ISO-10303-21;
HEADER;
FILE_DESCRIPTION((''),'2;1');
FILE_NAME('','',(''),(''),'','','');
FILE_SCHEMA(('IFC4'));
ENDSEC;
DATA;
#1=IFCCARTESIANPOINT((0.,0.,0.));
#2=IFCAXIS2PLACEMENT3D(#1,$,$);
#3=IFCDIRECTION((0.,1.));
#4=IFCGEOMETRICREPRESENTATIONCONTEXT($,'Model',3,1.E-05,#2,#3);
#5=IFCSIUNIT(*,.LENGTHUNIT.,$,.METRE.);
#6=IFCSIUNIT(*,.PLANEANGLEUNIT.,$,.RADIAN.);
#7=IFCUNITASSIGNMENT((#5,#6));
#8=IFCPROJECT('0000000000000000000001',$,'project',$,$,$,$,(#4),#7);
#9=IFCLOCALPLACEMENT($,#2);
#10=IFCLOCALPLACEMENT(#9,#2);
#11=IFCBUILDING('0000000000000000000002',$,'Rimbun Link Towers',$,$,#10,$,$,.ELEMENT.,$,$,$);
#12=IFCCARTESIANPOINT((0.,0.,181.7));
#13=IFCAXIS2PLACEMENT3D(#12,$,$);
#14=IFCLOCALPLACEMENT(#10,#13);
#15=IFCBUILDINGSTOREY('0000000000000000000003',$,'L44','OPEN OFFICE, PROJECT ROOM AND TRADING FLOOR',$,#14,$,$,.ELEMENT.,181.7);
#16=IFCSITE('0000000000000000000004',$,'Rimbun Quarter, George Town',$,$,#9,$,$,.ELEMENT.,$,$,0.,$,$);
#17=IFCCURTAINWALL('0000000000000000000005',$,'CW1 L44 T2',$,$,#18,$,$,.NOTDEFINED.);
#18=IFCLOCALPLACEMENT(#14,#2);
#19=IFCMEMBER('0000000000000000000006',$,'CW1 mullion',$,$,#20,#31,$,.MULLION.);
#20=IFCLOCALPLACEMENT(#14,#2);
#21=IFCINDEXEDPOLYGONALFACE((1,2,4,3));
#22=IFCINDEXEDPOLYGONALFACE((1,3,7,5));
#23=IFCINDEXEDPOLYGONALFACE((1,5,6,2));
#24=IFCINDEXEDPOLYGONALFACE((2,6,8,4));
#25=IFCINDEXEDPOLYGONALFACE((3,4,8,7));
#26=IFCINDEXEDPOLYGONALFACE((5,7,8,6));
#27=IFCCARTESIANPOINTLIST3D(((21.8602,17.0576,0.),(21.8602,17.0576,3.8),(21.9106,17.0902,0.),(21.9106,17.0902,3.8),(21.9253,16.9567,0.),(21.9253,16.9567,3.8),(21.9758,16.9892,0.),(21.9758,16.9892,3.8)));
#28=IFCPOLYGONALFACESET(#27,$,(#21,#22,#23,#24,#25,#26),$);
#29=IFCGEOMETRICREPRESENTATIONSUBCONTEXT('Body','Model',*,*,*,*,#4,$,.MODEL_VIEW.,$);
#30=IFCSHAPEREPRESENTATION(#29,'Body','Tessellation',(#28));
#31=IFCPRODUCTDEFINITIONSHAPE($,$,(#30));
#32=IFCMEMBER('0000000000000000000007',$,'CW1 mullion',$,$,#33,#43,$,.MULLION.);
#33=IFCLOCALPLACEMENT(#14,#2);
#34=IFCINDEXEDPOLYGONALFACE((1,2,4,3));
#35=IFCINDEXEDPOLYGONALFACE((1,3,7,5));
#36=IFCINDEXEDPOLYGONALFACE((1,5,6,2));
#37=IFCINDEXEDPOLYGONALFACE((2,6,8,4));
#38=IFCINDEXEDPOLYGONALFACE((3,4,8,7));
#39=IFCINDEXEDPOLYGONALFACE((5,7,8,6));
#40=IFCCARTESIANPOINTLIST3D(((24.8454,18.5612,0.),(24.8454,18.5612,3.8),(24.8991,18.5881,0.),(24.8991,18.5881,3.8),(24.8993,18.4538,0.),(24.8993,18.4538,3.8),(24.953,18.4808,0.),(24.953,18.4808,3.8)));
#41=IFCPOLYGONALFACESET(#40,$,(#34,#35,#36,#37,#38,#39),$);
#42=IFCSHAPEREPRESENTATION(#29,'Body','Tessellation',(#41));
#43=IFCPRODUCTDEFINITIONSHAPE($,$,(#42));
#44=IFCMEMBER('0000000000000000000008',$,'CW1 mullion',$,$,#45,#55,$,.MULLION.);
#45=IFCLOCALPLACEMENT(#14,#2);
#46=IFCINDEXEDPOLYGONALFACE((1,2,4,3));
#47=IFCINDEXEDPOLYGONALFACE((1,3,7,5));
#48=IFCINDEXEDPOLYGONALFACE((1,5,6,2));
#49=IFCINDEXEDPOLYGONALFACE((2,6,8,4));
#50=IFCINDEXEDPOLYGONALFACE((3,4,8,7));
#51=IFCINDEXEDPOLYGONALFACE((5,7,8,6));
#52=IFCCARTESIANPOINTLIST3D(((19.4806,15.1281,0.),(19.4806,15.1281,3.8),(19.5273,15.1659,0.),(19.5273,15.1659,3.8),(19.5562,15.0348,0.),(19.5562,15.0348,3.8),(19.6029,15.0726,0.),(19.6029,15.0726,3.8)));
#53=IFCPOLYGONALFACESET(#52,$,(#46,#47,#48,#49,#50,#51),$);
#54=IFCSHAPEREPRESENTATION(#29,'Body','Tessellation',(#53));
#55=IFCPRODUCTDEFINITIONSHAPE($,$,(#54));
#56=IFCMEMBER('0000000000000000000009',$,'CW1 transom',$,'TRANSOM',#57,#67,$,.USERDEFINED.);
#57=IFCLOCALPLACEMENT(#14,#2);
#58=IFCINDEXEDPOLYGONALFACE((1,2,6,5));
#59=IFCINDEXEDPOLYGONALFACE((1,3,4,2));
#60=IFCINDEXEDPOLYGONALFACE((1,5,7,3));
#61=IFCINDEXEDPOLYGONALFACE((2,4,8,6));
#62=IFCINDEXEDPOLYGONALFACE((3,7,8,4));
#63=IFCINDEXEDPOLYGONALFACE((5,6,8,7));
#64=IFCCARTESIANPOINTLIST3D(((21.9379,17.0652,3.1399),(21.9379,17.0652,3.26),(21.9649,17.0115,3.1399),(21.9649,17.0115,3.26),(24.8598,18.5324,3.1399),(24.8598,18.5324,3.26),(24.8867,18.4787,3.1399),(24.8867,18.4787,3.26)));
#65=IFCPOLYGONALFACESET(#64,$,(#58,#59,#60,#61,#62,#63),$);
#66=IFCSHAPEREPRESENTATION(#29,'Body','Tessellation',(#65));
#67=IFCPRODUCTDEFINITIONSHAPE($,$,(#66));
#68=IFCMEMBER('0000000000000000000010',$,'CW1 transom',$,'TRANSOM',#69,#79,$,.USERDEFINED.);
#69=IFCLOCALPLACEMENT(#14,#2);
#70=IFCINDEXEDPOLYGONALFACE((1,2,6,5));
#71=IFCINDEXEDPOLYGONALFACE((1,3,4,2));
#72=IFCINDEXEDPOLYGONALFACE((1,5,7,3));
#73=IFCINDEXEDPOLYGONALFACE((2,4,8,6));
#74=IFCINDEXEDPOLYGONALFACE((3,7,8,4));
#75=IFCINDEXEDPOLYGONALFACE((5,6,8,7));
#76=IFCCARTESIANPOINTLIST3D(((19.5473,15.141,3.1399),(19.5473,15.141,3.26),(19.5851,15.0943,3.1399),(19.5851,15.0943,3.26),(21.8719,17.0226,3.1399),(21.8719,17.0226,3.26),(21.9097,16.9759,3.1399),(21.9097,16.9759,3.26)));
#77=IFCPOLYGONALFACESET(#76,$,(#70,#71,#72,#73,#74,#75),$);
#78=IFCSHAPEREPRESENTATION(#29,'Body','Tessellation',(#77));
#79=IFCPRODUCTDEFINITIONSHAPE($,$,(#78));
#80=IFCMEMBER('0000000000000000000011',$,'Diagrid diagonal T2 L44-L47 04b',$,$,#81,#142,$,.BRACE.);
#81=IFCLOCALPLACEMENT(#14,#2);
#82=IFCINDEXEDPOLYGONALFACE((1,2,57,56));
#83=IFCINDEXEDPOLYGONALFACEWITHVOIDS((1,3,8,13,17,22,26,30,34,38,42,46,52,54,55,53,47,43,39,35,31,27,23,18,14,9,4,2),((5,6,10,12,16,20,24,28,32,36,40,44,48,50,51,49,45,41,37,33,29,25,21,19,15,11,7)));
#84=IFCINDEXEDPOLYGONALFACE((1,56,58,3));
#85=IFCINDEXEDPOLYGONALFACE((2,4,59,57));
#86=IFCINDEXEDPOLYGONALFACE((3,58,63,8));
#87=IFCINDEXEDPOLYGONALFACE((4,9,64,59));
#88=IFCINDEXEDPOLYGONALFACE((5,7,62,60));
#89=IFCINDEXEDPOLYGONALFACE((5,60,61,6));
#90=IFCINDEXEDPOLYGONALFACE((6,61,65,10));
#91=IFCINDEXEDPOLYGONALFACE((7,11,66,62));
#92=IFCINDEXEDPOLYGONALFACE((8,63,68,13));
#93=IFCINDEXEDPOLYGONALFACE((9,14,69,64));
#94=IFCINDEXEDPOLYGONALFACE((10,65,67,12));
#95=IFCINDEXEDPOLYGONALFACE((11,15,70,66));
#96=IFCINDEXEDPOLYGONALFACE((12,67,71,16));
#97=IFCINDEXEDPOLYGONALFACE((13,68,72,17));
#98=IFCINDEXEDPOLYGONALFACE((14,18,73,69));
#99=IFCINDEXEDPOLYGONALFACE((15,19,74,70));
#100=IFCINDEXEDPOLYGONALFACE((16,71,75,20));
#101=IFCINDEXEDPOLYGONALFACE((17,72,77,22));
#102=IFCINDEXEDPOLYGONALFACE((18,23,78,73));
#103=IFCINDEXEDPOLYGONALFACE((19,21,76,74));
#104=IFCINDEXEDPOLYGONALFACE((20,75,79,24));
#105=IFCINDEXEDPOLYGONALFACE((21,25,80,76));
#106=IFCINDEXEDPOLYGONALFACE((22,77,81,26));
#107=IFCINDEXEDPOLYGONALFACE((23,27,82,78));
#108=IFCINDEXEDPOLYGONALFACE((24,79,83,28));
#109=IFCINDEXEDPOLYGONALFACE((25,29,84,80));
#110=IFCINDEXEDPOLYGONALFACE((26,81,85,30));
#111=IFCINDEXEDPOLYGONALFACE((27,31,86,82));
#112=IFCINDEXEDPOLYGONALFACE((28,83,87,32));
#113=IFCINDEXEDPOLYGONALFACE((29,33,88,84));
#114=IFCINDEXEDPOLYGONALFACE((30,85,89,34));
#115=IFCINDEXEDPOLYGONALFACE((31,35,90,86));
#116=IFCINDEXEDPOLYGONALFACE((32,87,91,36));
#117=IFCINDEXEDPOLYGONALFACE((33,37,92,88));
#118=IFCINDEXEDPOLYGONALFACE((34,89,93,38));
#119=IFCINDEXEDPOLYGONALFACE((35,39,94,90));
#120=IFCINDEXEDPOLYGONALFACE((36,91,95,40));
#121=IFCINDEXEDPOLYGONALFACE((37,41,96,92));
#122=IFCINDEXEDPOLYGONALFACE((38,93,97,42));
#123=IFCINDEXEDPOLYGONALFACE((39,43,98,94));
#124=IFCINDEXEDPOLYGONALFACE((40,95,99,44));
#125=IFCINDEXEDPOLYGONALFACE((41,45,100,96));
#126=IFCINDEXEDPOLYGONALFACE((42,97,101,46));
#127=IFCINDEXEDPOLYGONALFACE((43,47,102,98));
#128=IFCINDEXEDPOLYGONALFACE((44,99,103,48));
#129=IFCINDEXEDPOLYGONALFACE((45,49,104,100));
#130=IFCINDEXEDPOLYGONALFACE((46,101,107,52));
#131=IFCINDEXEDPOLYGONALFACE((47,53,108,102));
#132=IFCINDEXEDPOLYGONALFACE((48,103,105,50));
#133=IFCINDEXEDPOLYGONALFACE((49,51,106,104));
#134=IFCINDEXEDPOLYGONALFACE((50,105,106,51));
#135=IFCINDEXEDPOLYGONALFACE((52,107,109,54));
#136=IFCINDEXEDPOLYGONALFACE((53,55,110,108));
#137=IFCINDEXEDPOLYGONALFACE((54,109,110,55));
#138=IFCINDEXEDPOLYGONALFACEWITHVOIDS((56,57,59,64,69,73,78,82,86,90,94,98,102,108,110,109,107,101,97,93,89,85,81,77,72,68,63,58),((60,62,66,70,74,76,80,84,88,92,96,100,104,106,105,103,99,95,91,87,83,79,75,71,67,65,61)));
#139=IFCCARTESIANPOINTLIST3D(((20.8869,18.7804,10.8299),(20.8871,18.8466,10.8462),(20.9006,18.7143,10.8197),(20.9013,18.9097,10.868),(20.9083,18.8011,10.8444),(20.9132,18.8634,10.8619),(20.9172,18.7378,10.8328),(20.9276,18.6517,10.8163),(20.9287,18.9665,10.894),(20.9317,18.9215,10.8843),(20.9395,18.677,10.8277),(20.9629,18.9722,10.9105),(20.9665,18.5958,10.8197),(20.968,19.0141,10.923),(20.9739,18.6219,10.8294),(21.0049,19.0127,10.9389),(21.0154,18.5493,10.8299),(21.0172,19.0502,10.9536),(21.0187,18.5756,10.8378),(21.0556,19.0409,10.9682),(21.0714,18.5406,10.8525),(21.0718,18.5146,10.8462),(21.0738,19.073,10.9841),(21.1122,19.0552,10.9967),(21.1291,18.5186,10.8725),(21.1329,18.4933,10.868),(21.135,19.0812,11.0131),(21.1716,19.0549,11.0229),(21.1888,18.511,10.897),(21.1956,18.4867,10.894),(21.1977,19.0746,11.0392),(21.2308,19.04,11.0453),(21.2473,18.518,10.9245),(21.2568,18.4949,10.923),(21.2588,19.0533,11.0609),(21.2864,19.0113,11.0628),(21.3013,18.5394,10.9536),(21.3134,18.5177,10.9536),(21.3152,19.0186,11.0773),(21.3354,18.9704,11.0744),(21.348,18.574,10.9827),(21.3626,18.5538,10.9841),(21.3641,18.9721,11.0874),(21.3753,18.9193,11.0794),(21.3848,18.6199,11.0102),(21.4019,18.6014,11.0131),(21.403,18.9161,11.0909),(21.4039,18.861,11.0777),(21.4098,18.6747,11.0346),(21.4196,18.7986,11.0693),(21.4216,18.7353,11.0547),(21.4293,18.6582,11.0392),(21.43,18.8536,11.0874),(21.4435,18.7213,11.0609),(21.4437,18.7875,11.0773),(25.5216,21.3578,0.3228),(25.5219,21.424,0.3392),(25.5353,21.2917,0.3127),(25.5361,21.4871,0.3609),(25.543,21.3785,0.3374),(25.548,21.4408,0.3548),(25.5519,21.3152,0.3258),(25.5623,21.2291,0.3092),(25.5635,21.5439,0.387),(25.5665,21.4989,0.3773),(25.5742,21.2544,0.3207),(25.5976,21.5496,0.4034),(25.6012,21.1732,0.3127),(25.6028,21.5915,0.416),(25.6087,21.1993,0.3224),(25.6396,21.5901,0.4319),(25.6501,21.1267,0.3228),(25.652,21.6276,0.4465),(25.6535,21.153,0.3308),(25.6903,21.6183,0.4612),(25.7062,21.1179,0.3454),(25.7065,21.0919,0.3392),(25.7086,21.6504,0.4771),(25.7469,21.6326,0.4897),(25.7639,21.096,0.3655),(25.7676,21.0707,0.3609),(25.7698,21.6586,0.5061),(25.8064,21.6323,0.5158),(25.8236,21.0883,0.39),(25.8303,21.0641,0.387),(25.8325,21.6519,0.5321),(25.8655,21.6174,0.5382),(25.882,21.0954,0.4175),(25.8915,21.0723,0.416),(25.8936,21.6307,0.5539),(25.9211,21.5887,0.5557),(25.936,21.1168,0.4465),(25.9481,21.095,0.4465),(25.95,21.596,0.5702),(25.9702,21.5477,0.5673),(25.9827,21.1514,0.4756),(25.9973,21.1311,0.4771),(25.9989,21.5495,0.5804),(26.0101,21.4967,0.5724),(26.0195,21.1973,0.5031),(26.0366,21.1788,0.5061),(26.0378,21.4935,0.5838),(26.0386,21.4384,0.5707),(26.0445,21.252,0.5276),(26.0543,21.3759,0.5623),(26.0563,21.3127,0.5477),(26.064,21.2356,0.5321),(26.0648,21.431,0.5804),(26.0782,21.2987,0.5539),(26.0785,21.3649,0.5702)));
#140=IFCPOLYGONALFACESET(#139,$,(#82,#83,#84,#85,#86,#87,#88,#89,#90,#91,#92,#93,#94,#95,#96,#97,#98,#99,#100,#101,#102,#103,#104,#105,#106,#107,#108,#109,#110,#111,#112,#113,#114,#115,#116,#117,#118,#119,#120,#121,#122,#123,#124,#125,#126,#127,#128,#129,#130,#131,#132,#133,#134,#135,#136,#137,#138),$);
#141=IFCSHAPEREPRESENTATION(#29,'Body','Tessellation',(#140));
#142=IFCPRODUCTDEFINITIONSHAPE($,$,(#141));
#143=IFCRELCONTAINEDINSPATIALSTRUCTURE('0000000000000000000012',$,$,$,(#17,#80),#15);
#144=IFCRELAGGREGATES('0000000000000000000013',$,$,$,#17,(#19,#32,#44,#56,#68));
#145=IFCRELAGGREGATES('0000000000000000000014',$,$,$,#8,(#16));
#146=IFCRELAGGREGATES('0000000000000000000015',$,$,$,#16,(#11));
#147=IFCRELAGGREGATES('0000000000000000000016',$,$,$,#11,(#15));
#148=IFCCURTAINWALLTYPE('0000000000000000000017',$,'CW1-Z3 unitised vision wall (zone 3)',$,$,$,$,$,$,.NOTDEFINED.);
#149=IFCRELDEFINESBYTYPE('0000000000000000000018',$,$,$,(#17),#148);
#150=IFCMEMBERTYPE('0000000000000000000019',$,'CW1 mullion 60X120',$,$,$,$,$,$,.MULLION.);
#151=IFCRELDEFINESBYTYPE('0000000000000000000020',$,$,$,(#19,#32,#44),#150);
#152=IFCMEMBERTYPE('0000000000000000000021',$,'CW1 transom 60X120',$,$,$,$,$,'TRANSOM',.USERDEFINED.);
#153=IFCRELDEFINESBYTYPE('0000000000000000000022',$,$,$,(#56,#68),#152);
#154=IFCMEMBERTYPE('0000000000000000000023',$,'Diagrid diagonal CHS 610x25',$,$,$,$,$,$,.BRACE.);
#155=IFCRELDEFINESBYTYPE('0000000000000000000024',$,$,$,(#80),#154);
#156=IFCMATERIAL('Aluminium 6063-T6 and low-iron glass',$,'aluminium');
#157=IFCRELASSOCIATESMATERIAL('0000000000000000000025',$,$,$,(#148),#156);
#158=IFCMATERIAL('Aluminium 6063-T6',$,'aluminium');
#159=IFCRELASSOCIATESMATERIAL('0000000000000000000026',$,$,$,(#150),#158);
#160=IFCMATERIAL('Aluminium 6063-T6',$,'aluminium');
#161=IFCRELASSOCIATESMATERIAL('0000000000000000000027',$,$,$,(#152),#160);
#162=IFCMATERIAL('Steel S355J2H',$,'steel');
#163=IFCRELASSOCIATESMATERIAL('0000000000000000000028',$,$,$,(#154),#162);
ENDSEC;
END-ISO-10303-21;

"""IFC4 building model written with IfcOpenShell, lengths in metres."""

from ifc_helpers import new_model, si_unit, direction, frame, origin, origin_2d, place, context, subcontext, project, spatial, rectangle, hollow_circle, extrude, material, material_profile, profile_set, type_object, element, aggregate, save


model = new_model("IFC4")

# Units and contexts
model_context = context("Model", 3, precision=1e-05, world=origin(), true_north=direction((0.0, 1.0)))
body_context = subcontext(model_context, "Body", "Model", "MODEL_VIEW")
ifc_project = project(units=[si_unit("LENGTHUNIT", "METRE"), si_unit("PLANEANGLEUNIT", "RADIAN")], contexts=[model_context])

# Site, building, storey
site_placement = place(None, origin())
site = spatial("IfcSite", under=ifc_project, at=site_placement, Name="Rimbun Quarter, George Town", CompositionType="ELEMENT", RefElevation=0.0)
building_placement = place(site_placement, origin())
building = spatial("IfcBuilding", under=site, at=building_placement, Name="Rimbun Link Towers", CompositionType="ELEMENT")
storey_placement = place(building_placement, frame((0.0, 0.0, 181.7)))
storey = spatial("IfcBuildingStorey", under=building, at=storey_placement, Name="L44", Description="OPEN OFFICE, PROJECT ROOM AND TRADING FLOOR", CompositionType="ELEMENT", Elevation=181.7)

# Curtain wall, members
ifc_material_1 = material(Name="Aluminium 6063-T6 and low-iron glass", Category="aluminium")
curtain_wall_type = type_object("IfcCurtainWallType", Name="CW1-Z3 unitised vision wall (zone 3)", PredefinedType="NOTDEFINED", material=ifc_material_1)
curtain_wall_placement = place(storey_placement, origin())
curtain_wall = element("IfcCurtainWall", 1, at=curtain_wall_placement, inside=storey, type_object=curtain_wall_type, Name="CW1 L44 T2", PredefinedType="NOTDEFINED")
ifc_material_2 = material(Name="Aluminium 6063-T6", Category="aluminium")
ifc_material_profile_1 = material_profile(ifc_material_2, rectangle(XDim=0.1201, YDim=0.0601, at=origin_2d()), Name="MULLION 60X120")
ifc_profile_set_1 = profile_set([ifc_material_profile_1], Name="Aluminium 6063-T6")
member_type_1 = type_object("IfcMemberType", Name="CW1 mullion 60X120", PredefinedType="MULLION", material=ifc_profile_set_1)
member_1_placement = place(storey_placement, frame((21.918, 17.0234, 0.0), z_axis=(0.0, 0.0, 1.0), x_axis=(-0.542094, 0.840318, 0.0)))
member_1 = element("IfcMember", 2, at=member_1_placement, type_object=member_type_1, Name="CW1 mullion", PredefinedType="MULLION", context=body_context, shape_type="SweptSolid", body=[
    extrude(rectangle(XDim=0.1201, YDim=0.0601, at=origin_2d()), origin(), (0.0, 0.0, 1.0), 3.8),
])
member_2_placement = place(storey_placement, frame((24.8992, 18.521, 0.0), z_axis=(0.0, 0.0, 1.0), x_axis=(-0.448781, 0.893642, 0.0)))
member_2 = element("IfcMember", 3, at=member_2_placement, type_object=member_type_1, Name="CW1 mullion", PredefinedType="MULLION", context=body_context, shape_type="SweptSolid", body=[
    extrude(rectangle(XDim=0.1201, YDim=0.0601, at=origin_2d()), origin(), (0.0, 0.0, 1.0), 3.8),
])
member_3_placement = place(storey_placement, frame((19.5417, 15.1003, 0.0), z_axis=(0.0, 0.0, 1.0), x_axis=(-0.629146, 0.777287, 0.0)))
member_3 = element("IfcMember", 4, at=member_3_placement, type_object=member_type_1, Name="CW1 mullion", PredefinedType="MULLION", context=body_context, shape_type="SweptSolid", body=[
    extrude(rectangle(XDim=0.1201, YDim=0.0601, at=origin_2d()), origin(), (0.0, 0.0, 1.0), 3.8),
])
ifc_material_3 = material(Name="Aluminium 6063-T6", Category="aluminium")
ifc_material_profile_2 = material_profile(ifc_material_3, rectangle(XDim=0.0601, YDim=0.1201, at=origin_2d()), Name="TRANSOM 60X120")
ifc_profile_set_2 = profile_set([ifc_material_profile_2], Name="Aluminium 6063-T6")
member_type_2 = type_object("IfcMemberType", Name="CW1 transom 60X120", ElementType="TRANSOM", PredefinedType="USERDEFINED", material=ifc_profile_set_2)
member_4_placement = place(storey_placement, frame((21.9514, 17.0383, 3.2), z_axis=(0.893649, 0.448766, 0.0), x_axis=(-0.448766, 0.893649, 0.0)))
member_4 = element("IfcMember", 5, at=member_4_placement, type_object=member_type_2, Name="CW1 transom", ObjectType="TRANSOM", PredefinedType="USERDEFINED", context=body_context, shape_type="SweptSolid", body=[
    extrude(rectangle(XDim=0.0601, YDim=0.1201, at=origin_2d()), origin(), (0.0, 0.0, 1.0), 3.2695),
])
member_5_placement = place(storey_placement, frame((19.5662, 15.1177, 3.2), z_axis=(0.777296, 0.629135, 0.0), x_axis=(-0.629135, 0.777296, 0.0)))
member_5 = element("IfcMember", 6, at=member_5_placement, type_object=member_type_2, Name="CW1 transom", ObjectType="TRANSOM", PredefinedType="USERDEFINED", context=body_context, shape_type="SweptSolid", body=[
    extrude(rectangle(XDim=0.0601, YDim=0.1201, at=origin_2d()), origin(), (0.0, 0.0, 1.0), 2.9907),
])

# Member
ifc_material_4 = material(Name="Steel S355J2H", Category="steel")
ifc_material_profile_3 = material_profile(ifc_material_4, hollow_circle(Radius=0.3047, WallThickness=0.0249, at=origin_2d()), Name="Diagrid diagonal CHS 610x25")
ifc_profile_set_3 = profile_set([ifc_material_profile_3], Name="Steel S355J2H")
member_type_3 = type_object("IfcMemberType", Name="Diagrid diagonal CHS 610x25", PredefinedType="BRACE", material=ifc_profile_set_3)
member_6_placement = place(storey_placement, frame((25.8, 21.3613, 0.4465), z_axis=(-0.393792, -0.218988, 0.892733), x_axis=(0.486006, -0.873955, 0.0)))
element("IfcMember", 7, at=member_6_placement, inside=storey, type_object=member_type_3, Name="Diagrid diagonal T2 L44-L47 04b", PredefinedType="BRACE", context=body_context, shape_type="SweptSolid", body=[
    extrude(hollow_circle(Radius=0.3047, WallThickness=0.0249, at=origin_2d()), origin(), (0.0, 0.0, 1.0), 11.7695),
])

aggregate(curtain_wall, [member_1, member_2, member_3, member_4, member_5])

save(model, "model.ifc")
